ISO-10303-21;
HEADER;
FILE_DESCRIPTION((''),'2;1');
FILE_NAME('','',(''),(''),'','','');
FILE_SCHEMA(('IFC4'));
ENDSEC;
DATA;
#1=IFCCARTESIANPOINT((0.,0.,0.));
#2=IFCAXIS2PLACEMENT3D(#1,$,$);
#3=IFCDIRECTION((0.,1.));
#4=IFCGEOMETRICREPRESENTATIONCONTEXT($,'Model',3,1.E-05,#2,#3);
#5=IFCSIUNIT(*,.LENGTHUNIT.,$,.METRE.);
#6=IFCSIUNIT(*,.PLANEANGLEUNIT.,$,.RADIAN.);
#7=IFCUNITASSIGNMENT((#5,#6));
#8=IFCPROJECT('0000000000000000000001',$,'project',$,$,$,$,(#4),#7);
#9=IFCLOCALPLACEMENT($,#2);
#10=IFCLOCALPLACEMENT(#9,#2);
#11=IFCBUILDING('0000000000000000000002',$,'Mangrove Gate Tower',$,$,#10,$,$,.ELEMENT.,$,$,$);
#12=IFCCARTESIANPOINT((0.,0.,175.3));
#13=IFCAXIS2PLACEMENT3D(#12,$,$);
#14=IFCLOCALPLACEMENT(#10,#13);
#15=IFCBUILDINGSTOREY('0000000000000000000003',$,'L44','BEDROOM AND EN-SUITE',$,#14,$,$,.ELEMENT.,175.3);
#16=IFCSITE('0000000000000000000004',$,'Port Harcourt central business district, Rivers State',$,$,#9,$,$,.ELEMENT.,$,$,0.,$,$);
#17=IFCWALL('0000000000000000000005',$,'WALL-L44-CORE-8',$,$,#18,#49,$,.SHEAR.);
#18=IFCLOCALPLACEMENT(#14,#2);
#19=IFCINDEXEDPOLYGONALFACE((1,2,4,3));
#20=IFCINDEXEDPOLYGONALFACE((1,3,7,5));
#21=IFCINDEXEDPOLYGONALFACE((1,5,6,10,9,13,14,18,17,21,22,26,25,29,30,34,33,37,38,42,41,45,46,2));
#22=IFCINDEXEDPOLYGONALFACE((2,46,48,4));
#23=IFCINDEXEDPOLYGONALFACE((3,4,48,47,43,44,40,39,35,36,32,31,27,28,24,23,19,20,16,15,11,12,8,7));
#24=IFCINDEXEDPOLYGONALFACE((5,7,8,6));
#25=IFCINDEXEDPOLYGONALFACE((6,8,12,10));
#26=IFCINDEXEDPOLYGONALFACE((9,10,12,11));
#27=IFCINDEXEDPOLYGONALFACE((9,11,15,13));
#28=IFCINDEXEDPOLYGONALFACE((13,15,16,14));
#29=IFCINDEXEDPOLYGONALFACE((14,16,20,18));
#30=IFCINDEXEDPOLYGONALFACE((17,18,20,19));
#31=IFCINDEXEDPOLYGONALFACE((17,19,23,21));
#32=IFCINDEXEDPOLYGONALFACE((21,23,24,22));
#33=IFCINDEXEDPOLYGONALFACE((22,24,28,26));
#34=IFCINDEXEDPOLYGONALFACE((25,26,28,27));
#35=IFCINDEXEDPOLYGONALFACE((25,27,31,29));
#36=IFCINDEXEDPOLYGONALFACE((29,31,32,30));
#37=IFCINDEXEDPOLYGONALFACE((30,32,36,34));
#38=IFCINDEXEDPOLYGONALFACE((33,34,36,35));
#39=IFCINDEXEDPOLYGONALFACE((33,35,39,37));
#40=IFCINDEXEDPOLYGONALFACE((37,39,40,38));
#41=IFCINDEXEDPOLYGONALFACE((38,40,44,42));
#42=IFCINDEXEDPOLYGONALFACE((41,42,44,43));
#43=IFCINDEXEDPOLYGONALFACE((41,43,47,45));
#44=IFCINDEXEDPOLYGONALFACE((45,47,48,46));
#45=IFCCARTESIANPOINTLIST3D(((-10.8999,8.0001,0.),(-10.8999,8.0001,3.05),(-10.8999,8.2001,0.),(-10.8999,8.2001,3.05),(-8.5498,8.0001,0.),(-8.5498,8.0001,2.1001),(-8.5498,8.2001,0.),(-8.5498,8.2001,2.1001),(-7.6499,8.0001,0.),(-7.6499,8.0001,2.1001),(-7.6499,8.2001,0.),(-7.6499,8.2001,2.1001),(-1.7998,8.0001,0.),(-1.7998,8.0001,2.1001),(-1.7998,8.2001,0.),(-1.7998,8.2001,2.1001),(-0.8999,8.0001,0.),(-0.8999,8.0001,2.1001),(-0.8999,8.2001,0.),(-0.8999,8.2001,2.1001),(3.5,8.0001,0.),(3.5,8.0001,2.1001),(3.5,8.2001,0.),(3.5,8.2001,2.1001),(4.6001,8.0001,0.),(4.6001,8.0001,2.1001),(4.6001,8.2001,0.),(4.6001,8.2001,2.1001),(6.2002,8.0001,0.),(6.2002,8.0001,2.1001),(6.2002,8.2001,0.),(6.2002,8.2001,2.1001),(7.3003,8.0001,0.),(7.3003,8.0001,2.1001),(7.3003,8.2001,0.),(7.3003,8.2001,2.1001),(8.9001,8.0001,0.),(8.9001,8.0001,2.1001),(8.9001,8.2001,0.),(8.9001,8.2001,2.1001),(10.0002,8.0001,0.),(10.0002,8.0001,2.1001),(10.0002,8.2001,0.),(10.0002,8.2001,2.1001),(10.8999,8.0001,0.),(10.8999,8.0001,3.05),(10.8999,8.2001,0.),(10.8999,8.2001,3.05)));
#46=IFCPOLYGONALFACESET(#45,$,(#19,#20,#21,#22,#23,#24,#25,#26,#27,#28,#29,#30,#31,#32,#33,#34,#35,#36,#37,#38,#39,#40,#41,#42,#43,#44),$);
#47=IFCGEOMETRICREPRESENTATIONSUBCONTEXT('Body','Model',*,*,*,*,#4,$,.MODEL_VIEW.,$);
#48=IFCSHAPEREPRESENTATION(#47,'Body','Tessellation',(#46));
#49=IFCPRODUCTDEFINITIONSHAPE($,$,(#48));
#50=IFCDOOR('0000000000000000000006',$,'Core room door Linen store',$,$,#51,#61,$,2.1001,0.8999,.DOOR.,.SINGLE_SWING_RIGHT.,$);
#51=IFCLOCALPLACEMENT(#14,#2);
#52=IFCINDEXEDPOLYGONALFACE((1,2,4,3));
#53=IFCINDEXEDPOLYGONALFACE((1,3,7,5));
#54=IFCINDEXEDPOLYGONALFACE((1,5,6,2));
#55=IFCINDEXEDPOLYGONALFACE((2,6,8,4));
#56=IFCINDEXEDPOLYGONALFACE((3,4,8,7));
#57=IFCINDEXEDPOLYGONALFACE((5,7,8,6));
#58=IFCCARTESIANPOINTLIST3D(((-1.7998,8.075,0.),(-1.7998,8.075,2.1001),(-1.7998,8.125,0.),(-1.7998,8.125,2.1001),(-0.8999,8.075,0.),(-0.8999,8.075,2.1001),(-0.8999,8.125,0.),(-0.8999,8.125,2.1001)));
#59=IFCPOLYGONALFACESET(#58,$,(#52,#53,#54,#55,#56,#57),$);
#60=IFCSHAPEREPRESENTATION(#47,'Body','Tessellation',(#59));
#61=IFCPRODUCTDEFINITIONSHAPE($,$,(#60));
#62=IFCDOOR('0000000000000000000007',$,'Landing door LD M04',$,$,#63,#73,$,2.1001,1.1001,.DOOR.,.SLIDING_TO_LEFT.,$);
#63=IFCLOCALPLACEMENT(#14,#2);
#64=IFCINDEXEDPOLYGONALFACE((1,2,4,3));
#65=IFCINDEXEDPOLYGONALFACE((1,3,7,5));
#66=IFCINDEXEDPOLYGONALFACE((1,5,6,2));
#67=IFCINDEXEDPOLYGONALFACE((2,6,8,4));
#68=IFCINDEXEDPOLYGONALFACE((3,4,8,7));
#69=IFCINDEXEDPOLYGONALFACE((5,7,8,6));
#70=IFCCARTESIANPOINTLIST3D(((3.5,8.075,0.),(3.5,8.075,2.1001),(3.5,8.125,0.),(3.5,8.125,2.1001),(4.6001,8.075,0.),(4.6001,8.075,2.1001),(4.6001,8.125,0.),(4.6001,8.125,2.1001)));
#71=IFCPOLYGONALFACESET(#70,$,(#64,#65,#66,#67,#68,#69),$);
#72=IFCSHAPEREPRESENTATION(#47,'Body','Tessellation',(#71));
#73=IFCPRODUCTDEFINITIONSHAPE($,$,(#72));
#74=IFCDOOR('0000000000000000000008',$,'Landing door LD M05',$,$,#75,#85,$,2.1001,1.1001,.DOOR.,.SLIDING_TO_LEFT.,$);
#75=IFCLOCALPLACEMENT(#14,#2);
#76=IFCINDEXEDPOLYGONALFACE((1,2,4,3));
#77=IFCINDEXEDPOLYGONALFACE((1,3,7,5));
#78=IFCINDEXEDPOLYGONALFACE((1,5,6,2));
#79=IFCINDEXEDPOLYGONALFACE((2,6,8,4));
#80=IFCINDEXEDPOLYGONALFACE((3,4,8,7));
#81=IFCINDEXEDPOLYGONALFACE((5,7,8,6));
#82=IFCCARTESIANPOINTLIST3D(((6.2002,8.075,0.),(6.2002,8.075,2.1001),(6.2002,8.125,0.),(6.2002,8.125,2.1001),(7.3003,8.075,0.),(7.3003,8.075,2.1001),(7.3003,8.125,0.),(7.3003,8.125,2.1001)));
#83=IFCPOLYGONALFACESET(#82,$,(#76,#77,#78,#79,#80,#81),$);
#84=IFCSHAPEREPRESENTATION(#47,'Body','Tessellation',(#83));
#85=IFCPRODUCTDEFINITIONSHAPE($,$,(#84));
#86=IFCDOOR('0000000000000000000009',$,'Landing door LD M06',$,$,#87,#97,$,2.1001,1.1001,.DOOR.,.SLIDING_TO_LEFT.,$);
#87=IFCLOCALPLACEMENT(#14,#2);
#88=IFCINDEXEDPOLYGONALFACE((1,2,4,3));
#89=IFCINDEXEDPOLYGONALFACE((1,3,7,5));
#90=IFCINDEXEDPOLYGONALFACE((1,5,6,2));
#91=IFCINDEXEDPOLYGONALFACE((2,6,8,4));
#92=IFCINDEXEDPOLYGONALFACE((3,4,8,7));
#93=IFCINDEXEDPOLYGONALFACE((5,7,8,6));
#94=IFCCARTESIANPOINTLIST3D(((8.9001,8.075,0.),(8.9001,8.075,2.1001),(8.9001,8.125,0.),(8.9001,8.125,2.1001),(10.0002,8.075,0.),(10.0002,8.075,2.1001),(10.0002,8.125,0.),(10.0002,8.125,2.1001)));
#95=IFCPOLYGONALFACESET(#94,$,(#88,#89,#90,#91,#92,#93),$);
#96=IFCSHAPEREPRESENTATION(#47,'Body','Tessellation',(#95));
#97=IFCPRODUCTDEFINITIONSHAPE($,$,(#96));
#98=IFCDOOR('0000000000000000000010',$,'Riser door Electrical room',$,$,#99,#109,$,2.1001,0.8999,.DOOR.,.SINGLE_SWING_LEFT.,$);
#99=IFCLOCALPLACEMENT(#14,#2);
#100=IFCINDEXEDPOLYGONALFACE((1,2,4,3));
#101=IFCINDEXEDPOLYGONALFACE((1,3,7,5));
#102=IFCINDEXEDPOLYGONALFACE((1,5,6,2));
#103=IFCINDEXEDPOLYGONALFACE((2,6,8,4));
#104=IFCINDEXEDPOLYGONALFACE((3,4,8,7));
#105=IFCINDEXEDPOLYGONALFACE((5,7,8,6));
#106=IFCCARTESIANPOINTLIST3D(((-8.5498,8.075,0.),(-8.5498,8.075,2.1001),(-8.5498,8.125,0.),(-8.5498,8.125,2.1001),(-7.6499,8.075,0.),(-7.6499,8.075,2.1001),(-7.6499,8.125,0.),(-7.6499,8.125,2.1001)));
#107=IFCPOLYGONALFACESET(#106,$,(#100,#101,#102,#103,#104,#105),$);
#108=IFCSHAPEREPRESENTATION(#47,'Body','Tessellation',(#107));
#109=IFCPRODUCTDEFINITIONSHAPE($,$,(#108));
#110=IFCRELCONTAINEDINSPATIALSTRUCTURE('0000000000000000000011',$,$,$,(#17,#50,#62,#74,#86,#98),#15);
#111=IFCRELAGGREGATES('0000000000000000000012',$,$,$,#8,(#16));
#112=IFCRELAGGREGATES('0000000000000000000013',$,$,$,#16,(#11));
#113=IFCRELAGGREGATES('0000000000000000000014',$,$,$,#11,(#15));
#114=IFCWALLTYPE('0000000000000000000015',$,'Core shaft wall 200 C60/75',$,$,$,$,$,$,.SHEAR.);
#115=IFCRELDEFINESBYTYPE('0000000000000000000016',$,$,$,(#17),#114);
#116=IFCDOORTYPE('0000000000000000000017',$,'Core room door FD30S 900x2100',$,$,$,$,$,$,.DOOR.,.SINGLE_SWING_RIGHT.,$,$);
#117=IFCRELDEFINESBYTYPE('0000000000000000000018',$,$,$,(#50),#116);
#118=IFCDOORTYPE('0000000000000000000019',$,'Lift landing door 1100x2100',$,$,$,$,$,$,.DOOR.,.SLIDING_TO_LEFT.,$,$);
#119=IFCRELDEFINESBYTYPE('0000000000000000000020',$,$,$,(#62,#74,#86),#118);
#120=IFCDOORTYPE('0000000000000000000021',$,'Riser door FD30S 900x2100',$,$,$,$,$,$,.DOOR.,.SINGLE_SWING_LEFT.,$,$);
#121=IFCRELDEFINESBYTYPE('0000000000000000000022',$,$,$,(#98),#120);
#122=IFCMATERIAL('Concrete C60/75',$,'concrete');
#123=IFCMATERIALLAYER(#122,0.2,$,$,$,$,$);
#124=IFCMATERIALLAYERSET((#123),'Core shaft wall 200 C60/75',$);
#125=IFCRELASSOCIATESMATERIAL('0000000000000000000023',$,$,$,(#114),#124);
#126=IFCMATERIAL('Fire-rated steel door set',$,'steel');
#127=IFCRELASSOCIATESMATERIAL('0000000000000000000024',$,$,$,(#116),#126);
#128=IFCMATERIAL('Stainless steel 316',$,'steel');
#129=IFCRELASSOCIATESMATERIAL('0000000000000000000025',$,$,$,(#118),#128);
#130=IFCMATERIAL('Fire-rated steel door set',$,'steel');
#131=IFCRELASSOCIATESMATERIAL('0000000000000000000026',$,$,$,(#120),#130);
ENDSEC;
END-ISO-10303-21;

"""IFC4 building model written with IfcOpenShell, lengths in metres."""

from ifc_helpers import new_model, si_unit, direction, frame, frame_2d, origin, place, context, subcontext, project, spatial, rectangle, extrude, material, layer, layer_set, type_object, element, fill, save


model = new_model("IFC4")

# Units and contexts
model_context = context("Model", 3, precision=1e-05, world=origin(), true_north=direction((0.0, 1.0)))
body_context = subcontext(model_context, "Body", "Model", "MODEL_VIEW")
ifc_project = project(units=[si_unit("LENGTHUNIT", "METRE"), si_unit("PLANEANGLEUNIT", "RADIAN")], contexts=[model_context])

# Site, building, storey
site_placement = place(None, origin())
site = spatial("IfcSite", under=ifc_project, at=site_placement, Name="Port Harcourt central business district, Rivers State", CompositionType="ELEMENT", RefElevation=0.0)
building_placement = place(site_placement, origin())
building = spatial("IfcBuilding", under=site, at=building_placement, Name="Mangrove Gate Tower", CompositionType="ELEMENT")
storey_placement = place(building_placement, frame((0.0, 0.0, 175.3)))
storey = spatial("IfcBuildingStorey", under=building, at=storey_placement, Name="L44", Description="BEDROOM AND EN-SUITE", CompositionType="ELEMENT", Elevation=175.3)

# Wall, openings, doors
ifc_material_1 = material(Name="Concrete C60/75", Category="concrete")
ifc_layer_1 = layer(ifc_material_1, 0.2)
ifc_layer_set_1 = layer_set([ifc_layer_1], Name="Core shaft wall 200 C60/75")
wall_type_1 = type_object("IfcWallType", Name="Core shaft wall 200 C60/75", PredefinedType="SHEAR", material=ifc_layer_set_1)
wall_1_placement = place(storey_placement, frame((-10.8999, 8.1001, 0.0), z_axis=(0.0, 0.0, 1.0), x_axis=(1.0, 0.0, 0.0)))
wall_1 = element("IfcWall", 1, at=wall_1_placement, inside=storey, type_object=wall_type_1, Name="WALL-L44-CORE-8", PredefinedType="SHEAR", context=body_context, shape_type="SweptSolid", body=[
    extrude(rectangle(XDim=21.7998, YDim=0.2, at=frame_2d((10.8999, 0.0))), origin(), (0.0, 0.0, 1.0), 3.05),
])
opening_1_placement = place(wall_1_placement, frame((14.3999, 0.0, 0.0)))
opening_1 = element("IfcOpeningElement", 2, at=opening_1_placement, cuts=wall_1, PredefinedType="OPENING", context=body_context, shape_type="SweptSolid", body=[
    extrude(rectangle(XDim=1.1001, YDim=2.1001, at=frame_2d((0.55, 1.05))), frame((0.0, 0.1099, 0.0), z_axis=(0.0, -1.0, 0.0), x_axis=(1.0, 0.0, 0.0)), (0.0, 0.0, 1.0), 0.22),
])
opening_2_placement = place(wall_1_placement, frame((17.1001, 0.0, 0.0)))
opening_2 = element("IfcOpeningElement", 3, at=opening_2_placement, cuts=wall_1, PredefinedType="OPENING", context=body_context, shape_type="SweptSolid", body=[
    extrude(rectangle(XDim=1.1001, YDim=2.1001, at=frame_2d((0.55, 1.05))), frame((0.0, 0.1099, 0.0), z_axis=(0.0, -1.0, 0.0), x_axis=(1.0, 0.0, 0.0)), (0.0, 0.0, 1.0), 0.22),
])
opening_3_placement = place(wall_1_placement, frame((19.8, 0.0, 0.0)))
opening_3 = element("IfcOpeningElement", 4, at=opening_3_placement, cuts=wall_1, PredefinedType="OPENING", context=body_context, shape_type="SweptSolid", body=[
    extrude(rectangle(XDim=1.1001, YDim=2.1001, at=frame_2d((0.55, 1.05))), frame((0.0, 0.1099, 0.0), z_axis=(0.0, -1.0, 0.0), x_axis=(1.0, 0.0, 0.0)), (0.0, 0.0, 1.0), 0.22),
])
opening_4_placement = place(wall_1_placement, frame((2.3501, 0.0, 0.0)))
opening_4 = element("IfcOpeningElement", 5, at=opening_4_placement, cuts=wall_1, PredefinedType="OPENING", context=body_context, shape_type="SweptSolid", body=[
    extrude(rectangle(XDim=0.8999, YDim=2.1001, at=frame_2d((0.45, 1.05))), frame((0.0, 0.1099, 0.0), z_axis=(0.0, -1.0, 0.0), x_axis=(1.0, 0.0, 0.0)), (0.0, 0.0, 1.0), 0.22),
])
opening_5_placement = place(wall_1_placement, frame((9.1001, 0.0, 0.0)))
opening_5 = element("IfcOpeningElement", 6, at=opening_5_placement, cuts=wall_1, PredefinedType="OPENING", context=body_context, shape_type="SweptSolid", body=[
    extrude(rectangle(XDim=0.8999, YDim=2.1001, at=frame_2d((0.45, 1.05))), frame((0.0, 0.1099, 0.0), z_axis=(0.0, -1.0, 0.0), x_axis=(1.0, 0.0, 0.0)), (0.0, 0.0, 1.0), 0.22),
])
ifc_material_2 = material(Name="Fire-rated steel door set", Category="steel")
door_type_1 = type_object("IfcDoorType", Name="Core room door FD30S 900x2100", OperationType="SINGLE_SWING_RIGHT", PredefinedType="DOOR", material=ifc_material_2)
door_1_placement = place(opening_5_placement, origin())
door_1 = element("IfcDoor", 7, at=door_1_placement, inside=storey, type_object=door_type_1, Name="Core room door Linen store", OperationType="SINGLE_SWING_RIGHT", OverallHeight=2.1001, OverallWidth=0.8999, PredefinedType="DOOR", context=body_context, shape_type="SweptSolid", body=[
    extrude(rectangle(XDim=0.8999, YDim=2.1001, at=frame_2d((0.45, 1.05))), frame((0.0, 0.0249, 0.0), z_axis=(0.0, -1.0, 0.0), x_axis=(1.0, 0.0, 0.0)), (0.0, 0.0, 1.0), 0.05),
])
fill(opening_5, door_1)
ifc_material_3 = material(Name="Stainless steel 316", Category="steel")
door_type_2 = type_object("IfcDoorType", Name="Lift landing door 1100x2100", OperationType="SLIDING_TO_LEFT", PredefinedType="DOOR", material=ifc_material_3)
door_2_placement = place(opening_1_placement, origin())
door_2 = element("IfcDoor", 8, at=door_2_placement, inside=storey, type_object=door_type_2, Name="Landing door LD M04", OperationType="SLIDING_TO_LEFT", OverallHeight=2.1001, OverallWidth=1.1001, PredefinedType="DOOR", context=body_context, shape_type="SweptSolid", body=[
    extrude(rectangle(XDim=1.1001, YDim=2.1001, at=frame_2d((0.55, 1.05))), frame((0.0, 0.0249, 0.0), z_axis=(0.0, -1.0, 0.0), x_axis=(1.0, 0.0, 0.0)), (0.0, 0.0, 1.0), 0.05),
])
fill(opening_1, door_2)
door_3_placement = place(opening_2_placement, origin())
door_3 = element("IfcDoor", 9, at=door_3_placement, inside=storey, type_object=door_type_2, Name="Landing door LD M05", OperationType="SLIDING_TO_LEFT", OverallHeight=2.1001, OverallWidth=1.1001, PredefinedType="DOOR", context=body_context, shape_type="SweptSolid", body=[
    extrude(rectangle(XDim=1.1001, YDim=2.1001, at=frame_2d((0.55, 1.05))), frame((0.0, 0.0249, 0.0), z_axis=(0.0, -1.0, 0.0), x_axis=(1.0, 0.0, 0.0)), (0.0, 0.0, 1.0), 0.05),
])
fill(opening_2, door_3)
door_4_placement = place(opening_3_placement, origin())
door_4 = element("IfcDoor", 10, at=door_4_placement, inside=storey, type_object=door_type_2, Name="Landing door LD M06", OperationType="SLIDING_TO_LEFT", OverallHeight=2.1001, OverallWidth=1.1001, PredefinedType="DOOR", context=body_context, shape_type="SweptSolid", body=[
    extrude(rectangle(XDim=1.1001, YDim=2.1001, at=frame_2d((0.55, 1.05))), frame((0.0, 0.0249, 0.0), z_axis=(0.0, -1.0, 0.0), x_axis=(1.0, 0.0, 0.0)), (0.0, 0.0, 1.0), 0.05),
])
fill(opening_3, door_4)
ifc_material_4 = material(Name="Fire-rated steel door set", Category="steel")
door_type_3 = type_object("IfcDoorType", Name="Riser door FD30S 900x2100", OperationType="SINGLE_SWING_LEFT", PredefinedType="DOOR", material=ifc_material_4)
door_5_placement = place(opening_4_placement, origin())
door_5 = element("IfcDoor", 11, at=door_5_placement, inside=storey, type_object=door_type_3, Name="Riser door Electrical room", OperationType="SINGLE_SWING_LEFT", OverallHeight=2.1001, OverallWidth=0.8999, PredefinedType="DOOR", context=body_context, shape_type="SweptSolid", body=[
    extrude(rectangle(XDim=0.8999, YDim=2.1001, at=frame_2d((0.45, 1.05))), frame((0.0, 0.0249, 0.0), z_axis=(0.0, -1.0, 0.0), x_axis=(1.0, 0.0, 0.0)), (0.0, 0.0, 1.0), 0.05),
])
fill(opening_4, door_5)

save(model, "model.ifc")
